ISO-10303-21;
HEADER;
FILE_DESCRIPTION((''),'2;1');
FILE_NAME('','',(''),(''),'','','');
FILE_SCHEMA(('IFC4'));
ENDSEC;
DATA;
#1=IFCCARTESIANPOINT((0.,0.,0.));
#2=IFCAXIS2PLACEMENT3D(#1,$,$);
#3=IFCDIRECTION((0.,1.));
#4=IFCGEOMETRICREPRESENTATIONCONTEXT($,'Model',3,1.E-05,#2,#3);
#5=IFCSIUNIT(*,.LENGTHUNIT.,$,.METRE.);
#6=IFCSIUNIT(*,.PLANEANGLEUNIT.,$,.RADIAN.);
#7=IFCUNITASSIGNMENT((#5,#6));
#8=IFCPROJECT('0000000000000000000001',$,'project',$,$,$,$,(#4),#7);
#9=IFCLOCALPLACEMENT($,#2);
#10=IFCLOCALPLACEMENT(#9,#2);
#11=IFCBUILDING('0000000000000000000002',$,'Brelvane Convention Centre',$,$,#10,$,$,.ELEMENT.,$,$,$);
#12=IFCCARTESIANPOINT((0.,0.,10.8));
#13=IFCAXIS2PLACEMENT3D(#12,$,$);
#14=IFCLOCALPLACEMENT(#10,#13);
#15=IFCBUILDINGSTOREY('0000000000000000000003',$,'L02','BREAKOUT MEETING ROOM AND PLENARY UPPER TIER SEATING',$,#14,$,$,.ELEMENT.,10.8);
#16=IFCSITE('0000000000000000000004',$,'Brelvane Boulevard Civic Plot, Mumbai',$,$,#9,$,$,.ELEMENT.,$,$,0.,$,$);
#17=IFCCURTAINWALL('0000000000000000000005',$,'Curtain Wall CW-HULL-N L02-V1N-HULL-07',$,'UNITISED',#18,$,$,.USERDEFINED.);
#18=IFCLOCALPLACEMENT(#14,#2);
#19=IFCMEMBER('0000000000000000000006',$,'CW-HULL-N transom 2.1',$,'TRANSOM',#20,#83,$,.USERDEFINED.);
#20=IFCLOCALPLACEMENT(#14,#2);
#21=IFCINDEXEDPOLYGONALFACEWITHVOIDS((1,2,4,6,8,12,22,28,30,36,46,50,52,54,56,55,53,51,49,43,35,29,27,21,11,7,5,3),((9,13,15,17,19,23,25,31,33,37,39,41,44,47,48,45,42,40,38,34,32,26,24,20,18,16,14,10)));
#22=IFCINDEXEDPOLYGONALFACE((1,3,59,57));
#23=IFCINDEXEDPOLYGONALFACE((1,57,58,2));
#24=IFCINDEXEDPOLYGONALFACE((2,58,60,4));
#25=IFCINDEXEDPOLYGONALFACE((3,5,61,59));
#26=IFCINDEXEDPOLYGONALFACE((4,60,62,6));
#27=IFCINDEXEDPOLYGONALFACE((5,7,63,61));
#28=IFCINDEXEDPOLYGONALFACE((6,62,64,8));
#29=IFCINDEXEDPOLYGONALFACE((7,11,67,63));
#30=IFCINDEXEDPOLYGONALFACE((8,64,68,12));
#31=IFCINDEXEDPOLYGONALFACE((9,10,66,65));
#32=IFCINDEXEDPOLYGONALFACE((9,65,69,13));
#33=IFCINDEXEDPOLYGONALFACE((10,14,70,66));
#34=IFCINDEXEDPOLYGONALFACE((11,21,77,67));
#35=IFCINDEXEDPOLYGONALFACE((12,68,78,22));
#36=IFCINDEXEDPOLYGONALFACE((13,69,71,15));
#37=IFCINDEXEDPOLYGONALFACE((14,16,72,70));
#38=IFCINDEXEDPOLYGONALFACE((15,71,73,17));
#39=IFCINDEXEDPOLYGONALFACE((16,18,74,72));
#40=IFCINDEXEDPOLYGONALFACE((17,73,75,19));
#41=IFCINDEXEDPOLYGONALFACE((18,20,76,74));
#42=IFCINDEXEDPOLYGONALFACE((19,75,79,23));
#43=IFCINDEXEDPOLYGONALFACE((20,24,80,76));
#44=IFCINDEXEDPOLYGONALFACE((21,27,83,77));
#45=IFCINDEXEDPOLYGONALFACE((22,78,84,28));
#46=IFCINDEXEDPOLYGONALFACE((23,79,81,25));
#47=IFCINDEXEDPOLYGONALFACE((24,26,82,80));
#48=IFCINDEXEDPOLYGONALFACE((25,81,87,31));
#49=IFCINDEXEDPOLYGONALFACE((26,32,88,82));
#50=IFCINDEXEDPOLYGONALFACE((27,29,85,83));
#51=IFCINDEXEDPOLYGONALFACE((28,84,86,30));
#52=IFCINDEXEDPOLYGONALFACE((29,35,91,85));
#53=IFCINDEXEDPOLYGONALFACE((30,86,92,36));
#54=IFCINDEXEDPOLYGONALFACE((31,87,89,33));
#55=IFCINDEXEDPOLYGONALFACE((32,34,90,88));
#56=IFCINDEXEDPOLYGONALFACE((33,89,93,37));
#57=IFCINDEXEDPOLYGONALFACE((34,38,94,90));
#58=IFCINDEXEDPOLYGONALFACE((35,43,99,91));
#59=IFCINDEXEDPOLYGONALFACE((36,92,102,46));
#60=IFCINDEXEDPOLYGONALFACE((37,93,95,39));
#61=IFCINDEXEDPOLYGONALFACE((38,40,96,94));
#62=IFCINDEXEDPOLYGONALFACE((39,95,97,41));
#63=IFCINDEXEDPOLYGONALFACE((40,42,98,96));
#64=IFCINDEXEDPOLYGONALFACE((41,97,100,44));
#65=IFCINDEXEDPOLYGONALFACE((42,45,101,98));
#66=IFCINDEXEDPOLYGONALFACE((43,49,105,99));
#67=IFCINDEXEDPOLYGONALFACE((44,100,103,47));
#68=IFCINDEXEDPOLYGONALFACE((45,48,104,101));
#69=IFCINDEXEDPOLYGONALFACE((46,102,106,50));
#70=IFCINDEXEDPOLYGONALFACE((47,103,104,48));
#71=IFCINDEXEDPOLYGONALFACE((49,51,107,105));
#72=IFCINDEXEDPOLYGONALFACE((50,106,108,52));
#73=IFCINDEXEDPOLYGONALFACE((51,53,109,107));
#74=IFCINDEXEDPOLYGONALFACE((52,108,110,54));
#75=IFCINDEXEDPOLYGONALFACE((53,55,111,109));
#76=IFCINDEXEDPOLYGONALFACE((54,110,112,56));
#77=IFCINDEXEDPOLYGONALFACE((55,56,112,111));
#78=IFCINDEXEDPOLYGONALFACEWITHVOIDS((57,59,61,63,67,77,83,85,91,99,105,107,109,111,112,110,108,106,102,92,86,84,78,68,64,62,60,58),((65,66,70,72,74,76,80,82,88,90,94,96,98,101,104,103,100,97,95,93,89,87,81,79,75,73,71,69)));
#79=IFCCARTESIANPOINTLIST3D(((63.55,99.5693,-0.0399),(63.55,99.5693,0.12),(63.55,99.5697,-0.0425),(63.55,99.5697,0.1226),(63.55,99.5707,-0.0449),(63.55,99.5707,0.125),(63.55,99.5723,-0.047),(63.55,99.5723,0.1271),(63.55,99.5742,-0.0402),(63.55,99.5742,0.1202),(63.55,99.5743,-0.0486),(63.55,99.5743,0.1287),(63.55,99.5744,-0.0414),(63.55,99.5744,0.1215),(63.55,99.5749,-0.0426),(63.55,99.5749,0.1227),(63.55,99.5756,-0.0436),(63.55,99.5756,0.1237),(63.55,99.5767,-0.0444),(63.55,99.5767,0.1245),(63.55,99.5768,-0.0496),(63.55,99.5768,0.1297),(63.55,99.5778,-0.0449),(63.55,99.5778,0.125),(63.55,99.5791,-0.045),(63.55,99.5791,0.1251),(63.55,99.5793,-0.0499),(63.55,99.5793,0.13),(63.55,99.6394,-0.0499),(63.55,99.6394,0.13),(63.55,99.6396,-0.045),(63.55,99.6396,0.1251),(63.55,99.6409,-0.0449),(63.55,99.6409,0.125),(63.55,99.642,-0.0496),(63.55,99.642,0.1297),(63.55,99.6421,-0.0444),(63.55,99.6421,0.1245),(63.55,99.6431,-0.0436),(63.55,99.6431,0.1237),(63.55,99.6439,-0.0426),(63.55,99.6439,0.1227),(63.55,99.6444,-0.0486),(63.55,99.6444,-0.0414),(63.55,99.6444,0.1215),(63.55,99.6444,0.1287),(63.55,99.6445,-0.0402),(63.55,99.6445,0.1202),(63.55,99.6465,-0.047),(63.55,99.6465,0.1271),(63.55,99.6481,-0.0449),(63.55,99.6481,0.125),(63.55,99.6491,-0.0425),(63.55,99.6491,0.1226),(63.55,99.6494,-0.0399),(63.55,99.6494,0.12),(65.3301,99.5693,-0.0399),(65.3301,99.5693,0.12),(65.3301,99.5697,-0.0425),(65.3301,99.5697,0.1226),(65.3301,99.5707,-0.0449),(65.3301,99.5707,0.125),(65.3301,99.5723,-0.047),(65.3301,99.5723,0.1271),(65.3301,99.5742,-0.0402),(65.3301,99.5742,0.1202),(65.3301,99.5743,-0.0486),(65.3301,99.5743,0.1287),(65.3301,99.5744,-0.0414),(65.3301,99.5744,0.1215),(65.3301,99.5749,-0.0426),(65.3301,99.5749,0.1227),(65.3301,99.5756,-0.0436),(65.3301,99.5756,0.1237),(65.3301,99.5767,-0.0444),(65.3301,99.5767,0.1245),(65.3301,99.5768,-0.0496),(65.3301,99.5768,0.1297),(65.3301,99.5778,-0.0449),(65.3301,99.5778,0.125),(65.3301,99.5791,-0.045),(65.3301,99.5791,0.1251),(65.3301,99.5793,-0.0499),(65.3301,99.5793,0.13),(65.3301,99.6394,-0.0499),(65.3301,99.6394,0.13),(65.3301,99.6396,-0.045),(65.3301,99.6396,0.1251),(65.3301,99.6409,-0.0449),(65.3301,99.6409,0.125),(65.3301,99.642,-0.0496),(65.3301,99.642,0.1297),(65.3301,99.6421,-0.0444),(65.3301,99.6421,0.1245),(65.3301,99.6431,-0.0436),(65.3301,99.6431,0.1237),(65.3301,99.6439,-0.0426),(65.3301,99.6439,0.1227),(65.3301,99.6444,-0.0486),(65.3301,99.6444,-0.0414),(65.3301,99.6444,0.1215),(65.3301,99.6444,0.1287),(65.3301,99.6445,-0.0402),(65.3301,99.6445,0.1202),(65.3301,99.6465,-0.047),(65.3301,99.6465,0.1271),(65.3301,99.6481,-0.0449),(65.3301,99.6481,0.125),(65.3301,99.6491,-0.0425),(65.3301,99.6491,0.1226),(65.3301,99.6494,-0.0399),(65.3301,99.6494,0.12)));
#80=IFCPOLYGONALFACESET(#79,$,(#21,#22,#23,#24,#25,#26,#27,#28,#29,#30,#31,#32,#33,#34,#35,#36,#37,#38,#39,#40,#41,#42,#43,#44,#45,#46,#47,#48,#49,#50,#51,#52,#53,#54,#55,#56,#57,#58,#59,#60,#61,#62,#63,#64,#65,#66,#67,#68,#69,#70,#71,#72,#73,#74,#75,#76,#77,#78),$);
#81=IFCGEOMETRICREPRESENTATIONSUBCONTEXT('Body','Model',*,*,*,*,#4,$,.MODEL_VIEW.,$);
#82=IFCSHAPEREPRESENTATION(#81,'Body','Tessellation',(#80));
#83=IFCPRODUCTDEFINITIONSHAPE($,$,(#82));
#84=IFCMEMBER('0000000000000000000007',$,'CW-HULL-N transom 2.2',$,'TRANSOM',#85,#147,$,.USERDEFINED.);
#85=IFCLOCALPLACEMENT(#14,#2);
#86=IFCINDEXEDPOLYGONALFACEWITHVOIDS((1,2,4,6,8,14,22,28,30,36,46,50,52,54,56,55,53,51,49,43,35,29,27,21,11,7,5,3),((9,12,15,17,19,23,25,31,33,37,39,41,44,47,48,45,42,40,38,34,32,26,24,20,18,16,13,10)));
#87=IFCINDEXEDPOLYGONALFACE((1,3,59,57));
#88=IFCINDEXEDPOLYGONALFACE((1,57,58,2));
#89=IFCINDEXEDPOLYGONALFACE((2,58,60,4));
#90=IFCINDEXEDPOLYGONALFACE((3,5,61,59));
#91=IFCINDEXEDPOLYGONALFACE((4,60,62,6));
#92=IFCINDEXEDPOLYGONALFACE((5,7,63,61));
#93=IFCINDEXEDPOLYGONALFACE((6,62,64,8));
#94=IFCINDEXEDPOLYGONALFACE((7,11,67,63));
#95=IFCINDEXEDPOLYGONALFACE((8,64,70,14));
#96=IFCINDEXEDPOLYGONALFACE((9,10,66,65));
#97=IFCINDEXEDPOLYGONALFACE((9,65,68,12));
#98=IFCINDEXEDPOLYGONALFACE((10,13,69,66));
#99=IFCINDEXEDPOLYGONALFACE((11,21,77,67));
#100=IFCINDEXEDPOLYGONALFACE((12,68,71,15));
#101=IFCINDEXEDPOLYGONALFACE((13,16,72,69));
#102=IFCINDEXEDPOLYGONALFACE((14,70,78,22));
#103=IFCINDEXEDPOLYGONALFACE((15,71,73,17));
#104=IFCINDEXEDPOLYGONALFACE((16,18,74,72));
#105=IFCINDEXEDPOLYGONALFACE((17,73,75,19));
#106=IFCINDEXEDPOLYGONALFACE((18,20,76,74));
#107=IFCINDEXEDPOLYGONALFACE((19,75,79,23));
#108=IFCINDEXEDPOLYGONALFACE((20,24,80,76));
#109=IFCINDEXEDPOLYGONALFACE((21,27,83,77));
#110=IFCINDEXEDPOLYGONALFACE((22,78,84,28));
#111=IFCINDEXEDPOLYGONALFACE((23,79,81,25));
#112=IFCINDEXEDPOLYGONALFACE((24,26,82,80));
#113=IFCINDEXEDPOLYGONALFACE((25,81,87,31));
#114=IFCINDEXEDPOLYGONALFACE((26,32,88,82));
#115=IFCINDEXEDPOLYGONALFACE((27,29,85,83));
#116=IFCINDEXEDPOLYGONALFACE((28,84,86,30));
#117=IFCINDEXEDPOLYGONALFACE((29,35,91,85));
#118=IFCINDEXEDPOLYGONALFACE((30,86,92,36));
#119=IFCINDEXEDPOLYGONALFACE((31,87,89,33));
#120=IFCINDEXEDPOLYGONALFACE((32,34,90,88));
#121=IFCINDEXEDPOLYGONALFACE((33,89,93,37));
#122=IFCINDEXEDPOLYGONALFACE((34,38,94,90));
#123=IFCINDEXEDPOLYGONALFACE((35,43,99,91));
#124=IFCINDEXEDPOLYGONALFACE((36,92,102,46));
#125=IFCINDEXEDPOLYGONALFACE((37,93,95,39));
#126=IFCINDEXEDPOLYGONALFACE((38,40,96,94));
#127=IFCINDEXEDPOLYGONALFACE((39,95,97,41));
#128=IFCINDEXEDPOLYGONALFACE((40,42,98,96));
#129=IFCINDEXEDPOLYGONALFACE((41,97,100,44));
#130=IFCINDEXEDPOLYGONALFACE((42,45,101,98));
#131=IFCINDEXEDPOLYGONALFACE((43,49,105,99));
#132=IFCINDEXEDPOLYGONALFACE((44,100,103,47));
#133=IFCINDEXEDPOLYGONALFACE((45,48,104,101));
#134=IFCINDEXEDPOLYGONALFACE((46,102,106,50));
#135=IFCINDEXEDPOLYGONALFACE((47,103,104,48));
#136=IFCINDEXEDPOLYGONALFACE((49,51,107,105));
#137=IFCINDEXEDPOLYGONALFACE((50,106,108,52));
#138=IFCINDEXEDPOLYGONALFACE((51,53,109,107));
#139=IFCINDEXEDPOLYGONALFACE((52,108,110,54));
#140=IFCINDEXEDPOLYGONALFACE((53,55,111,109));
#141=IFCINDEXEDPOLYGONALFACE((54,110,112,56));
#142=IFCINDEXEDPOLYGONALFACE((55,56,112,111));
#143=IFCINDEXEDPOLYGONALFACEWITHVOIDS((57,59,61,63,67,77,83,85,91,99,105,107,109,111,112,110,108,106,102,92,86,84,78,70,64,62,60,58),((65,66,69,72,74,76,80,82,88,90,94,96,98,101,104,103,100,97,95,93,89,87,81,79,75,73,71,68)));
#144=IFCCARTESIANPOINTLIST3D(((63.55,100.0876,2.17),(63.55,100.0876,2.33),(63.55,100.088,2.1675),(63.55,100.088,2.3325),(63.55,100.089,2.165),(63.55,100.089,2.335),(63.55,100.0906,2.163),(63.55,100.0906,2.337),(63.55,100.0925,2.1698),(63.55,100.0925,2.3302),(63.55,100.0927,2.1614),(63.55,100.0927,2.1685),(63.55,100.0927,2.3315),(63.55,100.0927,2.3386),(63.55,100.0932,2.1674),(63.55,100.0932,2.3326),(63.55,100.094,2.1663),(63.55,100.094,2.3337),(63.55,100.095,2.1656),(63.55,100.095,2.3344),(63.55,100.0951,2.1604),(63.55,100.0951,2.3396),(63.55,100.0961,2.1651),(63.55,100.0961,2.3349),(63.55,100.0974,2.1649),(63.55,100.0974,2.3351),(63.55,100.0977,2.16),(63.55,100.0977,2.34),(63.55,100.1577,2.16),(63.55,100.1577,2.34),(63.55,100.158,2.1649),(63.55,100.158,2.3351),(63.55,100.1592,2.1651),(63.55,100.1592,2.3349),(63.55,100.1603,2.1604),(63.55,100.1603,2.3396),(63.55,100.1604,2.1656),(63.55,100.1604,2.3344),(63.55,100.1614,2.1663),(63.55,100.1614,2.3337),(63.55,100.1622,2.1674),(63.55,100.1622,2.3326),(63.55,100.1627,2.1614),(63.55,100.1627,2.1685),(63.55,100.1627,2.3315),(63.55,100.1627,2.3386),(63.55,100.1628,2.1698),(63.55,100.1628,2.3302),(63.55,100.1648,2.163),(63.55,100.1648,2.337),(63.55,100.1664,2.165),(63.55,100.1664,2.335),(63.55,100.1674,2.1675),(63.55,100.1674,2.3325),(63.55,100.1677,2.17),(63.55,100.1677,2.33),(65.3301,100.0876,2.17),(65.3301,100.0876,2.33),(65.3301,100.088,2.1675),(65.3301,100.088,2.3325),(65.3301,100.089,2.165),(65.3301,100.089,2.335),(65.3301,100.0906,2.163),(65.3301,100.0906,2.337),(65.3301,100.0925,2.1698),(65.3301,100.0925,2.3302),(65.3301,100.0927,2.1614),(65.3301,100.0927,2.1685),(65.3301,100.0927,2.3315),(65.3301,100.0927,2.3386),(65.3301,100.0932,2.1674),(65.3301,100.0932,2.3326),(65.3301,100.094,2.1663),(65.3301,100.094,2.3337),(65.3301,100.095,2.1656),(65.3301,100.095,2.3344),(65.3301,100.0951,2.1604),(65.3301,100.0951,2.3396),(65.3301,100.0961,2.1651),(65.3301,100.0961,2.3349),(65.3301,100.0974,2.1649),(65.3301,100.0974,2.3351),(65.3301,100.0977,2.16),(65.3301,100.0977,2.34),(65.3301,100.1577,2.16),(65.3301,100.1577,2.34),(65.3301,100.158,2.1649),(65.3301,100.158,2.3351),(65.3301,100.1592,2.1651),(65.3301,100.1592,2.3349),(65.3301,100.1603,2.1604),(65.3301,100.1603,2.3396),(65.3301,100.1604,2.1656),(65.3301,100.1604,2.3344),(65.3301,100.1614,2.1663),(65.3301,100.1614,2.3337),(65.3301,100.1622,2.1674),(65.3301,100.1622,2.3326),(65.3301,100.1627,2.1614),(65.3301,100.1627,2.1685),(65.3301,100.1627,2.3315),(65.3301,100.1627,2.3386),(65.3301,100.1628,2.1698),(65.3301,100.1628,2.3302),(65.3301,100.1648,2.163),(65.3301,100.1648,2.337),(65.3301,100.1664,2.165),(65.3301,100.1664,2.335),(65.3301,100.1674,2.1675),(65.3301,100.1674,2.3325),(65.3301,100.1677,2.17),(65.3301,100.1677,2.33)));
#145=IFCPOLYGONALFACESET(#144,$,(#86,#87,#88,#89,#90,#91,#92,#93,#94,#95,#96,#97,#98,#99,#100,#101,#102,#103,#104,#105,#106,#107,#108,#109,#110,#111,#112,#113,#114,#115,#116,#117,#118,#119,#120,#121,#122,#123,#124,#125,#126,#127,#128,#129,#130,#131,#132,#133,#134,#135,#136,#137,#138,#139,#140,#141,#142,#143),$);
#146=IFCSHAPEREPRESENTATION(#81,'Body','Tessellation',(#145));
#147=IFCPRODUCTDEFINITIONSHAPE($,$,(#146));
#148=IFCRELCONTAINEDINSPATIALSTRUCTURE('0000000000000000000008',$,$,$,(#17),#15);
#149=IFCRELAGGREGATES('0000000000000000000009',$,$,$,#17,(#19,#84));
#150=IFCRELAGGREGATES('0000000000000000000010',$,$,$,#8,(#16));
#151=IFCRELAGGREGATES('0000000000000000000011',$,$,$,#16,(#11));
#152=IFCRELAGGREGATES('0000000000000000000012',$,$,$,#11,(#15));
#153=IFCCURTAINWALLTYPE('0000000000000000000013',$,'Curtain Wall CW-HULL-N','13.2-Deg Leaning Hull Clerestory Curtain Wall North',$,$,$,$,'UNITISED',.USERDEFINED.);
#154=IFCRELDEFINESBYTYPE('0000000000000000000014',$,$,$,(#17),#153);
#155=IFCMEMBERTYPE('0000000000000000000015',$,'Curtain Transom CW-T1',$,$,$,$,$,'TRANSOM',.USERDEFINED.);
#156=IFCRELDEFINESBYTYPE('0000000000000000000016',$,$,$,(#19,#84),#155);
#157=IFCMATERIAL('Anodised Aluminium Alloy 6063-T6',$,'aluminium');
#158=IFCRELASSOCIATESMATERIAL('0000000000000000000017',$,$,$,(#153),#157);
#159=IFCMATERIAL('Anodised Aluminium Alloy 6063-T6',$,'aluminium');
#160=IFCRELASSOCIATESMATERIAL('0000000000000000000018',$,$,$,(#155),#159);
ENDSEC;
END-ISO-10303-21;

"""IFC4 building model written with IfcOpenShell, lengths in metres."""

from ifc_helpers import new_model, si_unit, direction, frame, origin, origin_2d, place, context, subcontext, project, spatial, hollow_rectangle, extrude, material, material_profile, profile_set, type_object, element, aggregate, save


model = new_model("IFC4")

# Units and contexts
model_context = context("Model", 3, precision=1e-05, world=origin(), true_north=direction((0.0, 1.0)))
body_context = subcontext(model_context, "Body", "Model", "MODEL_VIEW")
ifc_project = project(units=[si_unit("LENGTHUNIT", "METRE"), si_unit("PLANEANGLEUNIT", "RADIAN")], contexts=[model_context])

# Site, building, storey
site_placement = place(None, origin())
site = spatial("IfcSite", under=ifc_project, at=site_placement, Name="Brelvane Boulevard Civic Plot, Mumbai", CompositionType="ELEMENT", RefElevation=0.0)
building_placement = place(site_placement, origin())
building = spatial("IfcBuilding", under=site, at=building_placement, Name="Brelvane Convention Centre", CompositionType="ELEMENT")
storey_placement = place(building_placement, frame((0.0, 0.0, 10.8)))
storey = spatial("IfcBuildingStorey", under=building, at=storey_placement, Name="L02", Description="BREAKOUT MEETING ROOM AND PLENARY UPPER TIER SEATING", CompositionType="ELEMENT", Elevation=10.8)

# Curtain wall, members
ifc_material_1 = material(Name="Anodised Aluminium Alloy 6063-T6", Category="aluminium")
curtain_wall_type_1 = type_object("IfcCurtainWallType", Name="Curtain Wall CW-HULL-N", Description="13.2-Deg Leaning Hull Clerestory Curtain Wall North", ElementType="UNITISED", PredefinedType="USERDEFINED", material=ifc_material_1)
curtain_wall_1_placement = place(storey_placement, origin())
curtain_wall_1 = element("IfcCurtainWall", 1, at=curtain_wall_1_placement, inside=storey, type_object=curtain_wall_type_1, Name="Curtain Wall CW-HULL-N L02-V1N-HULL-07", ObjectType="UNITISED", PredefinedType="USERDEFINED")
ifc_material_2 = material(Name="Anodised Aluminium Alloy 6063-T6", Category="aluminium")
ifc_material_profile_1 = material_profile(ifc_material_2, hollow_rectangle(XDim=0.0801, YDim=0.1799, WallThickness=0.0049, InnerFilletRadius=0.0049, OuterFilletRadius=0.01, at=origin_2d()), Name="ALU-T 180x80x5.0")
ifc_profile_set_1 = profile_set([ifc_material_profile_1], Name="Anodised Aluminium Alloy 6063-T6")
member_type_1 = type_object("IfcMemberType", Name="Curtain Transom CW-T1", ElementType="TRANSOM", PredefinedType="USERDEFINED", material=ifc_profile_set_1)
member_1_placement = place(storey_placement, frame((63.55, 99.6094, 0.04), z_axis=(1.0, 0.0, 0.0), x_axis=(0.0, 1.0, 0.0)))
member_1 = element("IfcMember", 2, at=member_1_placement, type_object=member_type_1, Name="CW-HULL-N transom 2.1", ObjectType="TRANSOM", PredefinedType="USERDEFINED", context=body_context, shape_type="SweptSolid", body=[
    extrude(hollow_rectangle(XDim=0.0801, YDim=0.1799, WallThickness=0.0049, InnerFilletRadius=0.0049, OuterFilletRadius=0.01, at=origin_2d()), origin(), (0.0, 0.0, 1.0), 1.78),
])
member_2_placement = place(storey_placement, frame((63.55, 100.1277, 2.25), z_axis=(1.0, 0.0, 0.0), x_axis=(0.0, 1.0, 0.0)))
member_2 = element("IfcMember", 3, at=member_2_placement, type_object=member_type_1, Name="CW-HULL-N transom 2.2", ObjectType="TRANSOM", PredefinedType="USERDEFINED", context=body_context, shape_type="SweptSolid", body=[
    extrude(hollow_rectangle(XDim=0.0801, YDim=0.1799, WallThickness=0.0049, InnerFilletRadius=0.0049, OuterFilletRadius=0.01, at=origin_2d()), origin(), (0.0, 0.0, 1.0), 1.78),
])

aggregate(curtain_wall_1, [member_1, member_2])

save(model, "model.ifc")
